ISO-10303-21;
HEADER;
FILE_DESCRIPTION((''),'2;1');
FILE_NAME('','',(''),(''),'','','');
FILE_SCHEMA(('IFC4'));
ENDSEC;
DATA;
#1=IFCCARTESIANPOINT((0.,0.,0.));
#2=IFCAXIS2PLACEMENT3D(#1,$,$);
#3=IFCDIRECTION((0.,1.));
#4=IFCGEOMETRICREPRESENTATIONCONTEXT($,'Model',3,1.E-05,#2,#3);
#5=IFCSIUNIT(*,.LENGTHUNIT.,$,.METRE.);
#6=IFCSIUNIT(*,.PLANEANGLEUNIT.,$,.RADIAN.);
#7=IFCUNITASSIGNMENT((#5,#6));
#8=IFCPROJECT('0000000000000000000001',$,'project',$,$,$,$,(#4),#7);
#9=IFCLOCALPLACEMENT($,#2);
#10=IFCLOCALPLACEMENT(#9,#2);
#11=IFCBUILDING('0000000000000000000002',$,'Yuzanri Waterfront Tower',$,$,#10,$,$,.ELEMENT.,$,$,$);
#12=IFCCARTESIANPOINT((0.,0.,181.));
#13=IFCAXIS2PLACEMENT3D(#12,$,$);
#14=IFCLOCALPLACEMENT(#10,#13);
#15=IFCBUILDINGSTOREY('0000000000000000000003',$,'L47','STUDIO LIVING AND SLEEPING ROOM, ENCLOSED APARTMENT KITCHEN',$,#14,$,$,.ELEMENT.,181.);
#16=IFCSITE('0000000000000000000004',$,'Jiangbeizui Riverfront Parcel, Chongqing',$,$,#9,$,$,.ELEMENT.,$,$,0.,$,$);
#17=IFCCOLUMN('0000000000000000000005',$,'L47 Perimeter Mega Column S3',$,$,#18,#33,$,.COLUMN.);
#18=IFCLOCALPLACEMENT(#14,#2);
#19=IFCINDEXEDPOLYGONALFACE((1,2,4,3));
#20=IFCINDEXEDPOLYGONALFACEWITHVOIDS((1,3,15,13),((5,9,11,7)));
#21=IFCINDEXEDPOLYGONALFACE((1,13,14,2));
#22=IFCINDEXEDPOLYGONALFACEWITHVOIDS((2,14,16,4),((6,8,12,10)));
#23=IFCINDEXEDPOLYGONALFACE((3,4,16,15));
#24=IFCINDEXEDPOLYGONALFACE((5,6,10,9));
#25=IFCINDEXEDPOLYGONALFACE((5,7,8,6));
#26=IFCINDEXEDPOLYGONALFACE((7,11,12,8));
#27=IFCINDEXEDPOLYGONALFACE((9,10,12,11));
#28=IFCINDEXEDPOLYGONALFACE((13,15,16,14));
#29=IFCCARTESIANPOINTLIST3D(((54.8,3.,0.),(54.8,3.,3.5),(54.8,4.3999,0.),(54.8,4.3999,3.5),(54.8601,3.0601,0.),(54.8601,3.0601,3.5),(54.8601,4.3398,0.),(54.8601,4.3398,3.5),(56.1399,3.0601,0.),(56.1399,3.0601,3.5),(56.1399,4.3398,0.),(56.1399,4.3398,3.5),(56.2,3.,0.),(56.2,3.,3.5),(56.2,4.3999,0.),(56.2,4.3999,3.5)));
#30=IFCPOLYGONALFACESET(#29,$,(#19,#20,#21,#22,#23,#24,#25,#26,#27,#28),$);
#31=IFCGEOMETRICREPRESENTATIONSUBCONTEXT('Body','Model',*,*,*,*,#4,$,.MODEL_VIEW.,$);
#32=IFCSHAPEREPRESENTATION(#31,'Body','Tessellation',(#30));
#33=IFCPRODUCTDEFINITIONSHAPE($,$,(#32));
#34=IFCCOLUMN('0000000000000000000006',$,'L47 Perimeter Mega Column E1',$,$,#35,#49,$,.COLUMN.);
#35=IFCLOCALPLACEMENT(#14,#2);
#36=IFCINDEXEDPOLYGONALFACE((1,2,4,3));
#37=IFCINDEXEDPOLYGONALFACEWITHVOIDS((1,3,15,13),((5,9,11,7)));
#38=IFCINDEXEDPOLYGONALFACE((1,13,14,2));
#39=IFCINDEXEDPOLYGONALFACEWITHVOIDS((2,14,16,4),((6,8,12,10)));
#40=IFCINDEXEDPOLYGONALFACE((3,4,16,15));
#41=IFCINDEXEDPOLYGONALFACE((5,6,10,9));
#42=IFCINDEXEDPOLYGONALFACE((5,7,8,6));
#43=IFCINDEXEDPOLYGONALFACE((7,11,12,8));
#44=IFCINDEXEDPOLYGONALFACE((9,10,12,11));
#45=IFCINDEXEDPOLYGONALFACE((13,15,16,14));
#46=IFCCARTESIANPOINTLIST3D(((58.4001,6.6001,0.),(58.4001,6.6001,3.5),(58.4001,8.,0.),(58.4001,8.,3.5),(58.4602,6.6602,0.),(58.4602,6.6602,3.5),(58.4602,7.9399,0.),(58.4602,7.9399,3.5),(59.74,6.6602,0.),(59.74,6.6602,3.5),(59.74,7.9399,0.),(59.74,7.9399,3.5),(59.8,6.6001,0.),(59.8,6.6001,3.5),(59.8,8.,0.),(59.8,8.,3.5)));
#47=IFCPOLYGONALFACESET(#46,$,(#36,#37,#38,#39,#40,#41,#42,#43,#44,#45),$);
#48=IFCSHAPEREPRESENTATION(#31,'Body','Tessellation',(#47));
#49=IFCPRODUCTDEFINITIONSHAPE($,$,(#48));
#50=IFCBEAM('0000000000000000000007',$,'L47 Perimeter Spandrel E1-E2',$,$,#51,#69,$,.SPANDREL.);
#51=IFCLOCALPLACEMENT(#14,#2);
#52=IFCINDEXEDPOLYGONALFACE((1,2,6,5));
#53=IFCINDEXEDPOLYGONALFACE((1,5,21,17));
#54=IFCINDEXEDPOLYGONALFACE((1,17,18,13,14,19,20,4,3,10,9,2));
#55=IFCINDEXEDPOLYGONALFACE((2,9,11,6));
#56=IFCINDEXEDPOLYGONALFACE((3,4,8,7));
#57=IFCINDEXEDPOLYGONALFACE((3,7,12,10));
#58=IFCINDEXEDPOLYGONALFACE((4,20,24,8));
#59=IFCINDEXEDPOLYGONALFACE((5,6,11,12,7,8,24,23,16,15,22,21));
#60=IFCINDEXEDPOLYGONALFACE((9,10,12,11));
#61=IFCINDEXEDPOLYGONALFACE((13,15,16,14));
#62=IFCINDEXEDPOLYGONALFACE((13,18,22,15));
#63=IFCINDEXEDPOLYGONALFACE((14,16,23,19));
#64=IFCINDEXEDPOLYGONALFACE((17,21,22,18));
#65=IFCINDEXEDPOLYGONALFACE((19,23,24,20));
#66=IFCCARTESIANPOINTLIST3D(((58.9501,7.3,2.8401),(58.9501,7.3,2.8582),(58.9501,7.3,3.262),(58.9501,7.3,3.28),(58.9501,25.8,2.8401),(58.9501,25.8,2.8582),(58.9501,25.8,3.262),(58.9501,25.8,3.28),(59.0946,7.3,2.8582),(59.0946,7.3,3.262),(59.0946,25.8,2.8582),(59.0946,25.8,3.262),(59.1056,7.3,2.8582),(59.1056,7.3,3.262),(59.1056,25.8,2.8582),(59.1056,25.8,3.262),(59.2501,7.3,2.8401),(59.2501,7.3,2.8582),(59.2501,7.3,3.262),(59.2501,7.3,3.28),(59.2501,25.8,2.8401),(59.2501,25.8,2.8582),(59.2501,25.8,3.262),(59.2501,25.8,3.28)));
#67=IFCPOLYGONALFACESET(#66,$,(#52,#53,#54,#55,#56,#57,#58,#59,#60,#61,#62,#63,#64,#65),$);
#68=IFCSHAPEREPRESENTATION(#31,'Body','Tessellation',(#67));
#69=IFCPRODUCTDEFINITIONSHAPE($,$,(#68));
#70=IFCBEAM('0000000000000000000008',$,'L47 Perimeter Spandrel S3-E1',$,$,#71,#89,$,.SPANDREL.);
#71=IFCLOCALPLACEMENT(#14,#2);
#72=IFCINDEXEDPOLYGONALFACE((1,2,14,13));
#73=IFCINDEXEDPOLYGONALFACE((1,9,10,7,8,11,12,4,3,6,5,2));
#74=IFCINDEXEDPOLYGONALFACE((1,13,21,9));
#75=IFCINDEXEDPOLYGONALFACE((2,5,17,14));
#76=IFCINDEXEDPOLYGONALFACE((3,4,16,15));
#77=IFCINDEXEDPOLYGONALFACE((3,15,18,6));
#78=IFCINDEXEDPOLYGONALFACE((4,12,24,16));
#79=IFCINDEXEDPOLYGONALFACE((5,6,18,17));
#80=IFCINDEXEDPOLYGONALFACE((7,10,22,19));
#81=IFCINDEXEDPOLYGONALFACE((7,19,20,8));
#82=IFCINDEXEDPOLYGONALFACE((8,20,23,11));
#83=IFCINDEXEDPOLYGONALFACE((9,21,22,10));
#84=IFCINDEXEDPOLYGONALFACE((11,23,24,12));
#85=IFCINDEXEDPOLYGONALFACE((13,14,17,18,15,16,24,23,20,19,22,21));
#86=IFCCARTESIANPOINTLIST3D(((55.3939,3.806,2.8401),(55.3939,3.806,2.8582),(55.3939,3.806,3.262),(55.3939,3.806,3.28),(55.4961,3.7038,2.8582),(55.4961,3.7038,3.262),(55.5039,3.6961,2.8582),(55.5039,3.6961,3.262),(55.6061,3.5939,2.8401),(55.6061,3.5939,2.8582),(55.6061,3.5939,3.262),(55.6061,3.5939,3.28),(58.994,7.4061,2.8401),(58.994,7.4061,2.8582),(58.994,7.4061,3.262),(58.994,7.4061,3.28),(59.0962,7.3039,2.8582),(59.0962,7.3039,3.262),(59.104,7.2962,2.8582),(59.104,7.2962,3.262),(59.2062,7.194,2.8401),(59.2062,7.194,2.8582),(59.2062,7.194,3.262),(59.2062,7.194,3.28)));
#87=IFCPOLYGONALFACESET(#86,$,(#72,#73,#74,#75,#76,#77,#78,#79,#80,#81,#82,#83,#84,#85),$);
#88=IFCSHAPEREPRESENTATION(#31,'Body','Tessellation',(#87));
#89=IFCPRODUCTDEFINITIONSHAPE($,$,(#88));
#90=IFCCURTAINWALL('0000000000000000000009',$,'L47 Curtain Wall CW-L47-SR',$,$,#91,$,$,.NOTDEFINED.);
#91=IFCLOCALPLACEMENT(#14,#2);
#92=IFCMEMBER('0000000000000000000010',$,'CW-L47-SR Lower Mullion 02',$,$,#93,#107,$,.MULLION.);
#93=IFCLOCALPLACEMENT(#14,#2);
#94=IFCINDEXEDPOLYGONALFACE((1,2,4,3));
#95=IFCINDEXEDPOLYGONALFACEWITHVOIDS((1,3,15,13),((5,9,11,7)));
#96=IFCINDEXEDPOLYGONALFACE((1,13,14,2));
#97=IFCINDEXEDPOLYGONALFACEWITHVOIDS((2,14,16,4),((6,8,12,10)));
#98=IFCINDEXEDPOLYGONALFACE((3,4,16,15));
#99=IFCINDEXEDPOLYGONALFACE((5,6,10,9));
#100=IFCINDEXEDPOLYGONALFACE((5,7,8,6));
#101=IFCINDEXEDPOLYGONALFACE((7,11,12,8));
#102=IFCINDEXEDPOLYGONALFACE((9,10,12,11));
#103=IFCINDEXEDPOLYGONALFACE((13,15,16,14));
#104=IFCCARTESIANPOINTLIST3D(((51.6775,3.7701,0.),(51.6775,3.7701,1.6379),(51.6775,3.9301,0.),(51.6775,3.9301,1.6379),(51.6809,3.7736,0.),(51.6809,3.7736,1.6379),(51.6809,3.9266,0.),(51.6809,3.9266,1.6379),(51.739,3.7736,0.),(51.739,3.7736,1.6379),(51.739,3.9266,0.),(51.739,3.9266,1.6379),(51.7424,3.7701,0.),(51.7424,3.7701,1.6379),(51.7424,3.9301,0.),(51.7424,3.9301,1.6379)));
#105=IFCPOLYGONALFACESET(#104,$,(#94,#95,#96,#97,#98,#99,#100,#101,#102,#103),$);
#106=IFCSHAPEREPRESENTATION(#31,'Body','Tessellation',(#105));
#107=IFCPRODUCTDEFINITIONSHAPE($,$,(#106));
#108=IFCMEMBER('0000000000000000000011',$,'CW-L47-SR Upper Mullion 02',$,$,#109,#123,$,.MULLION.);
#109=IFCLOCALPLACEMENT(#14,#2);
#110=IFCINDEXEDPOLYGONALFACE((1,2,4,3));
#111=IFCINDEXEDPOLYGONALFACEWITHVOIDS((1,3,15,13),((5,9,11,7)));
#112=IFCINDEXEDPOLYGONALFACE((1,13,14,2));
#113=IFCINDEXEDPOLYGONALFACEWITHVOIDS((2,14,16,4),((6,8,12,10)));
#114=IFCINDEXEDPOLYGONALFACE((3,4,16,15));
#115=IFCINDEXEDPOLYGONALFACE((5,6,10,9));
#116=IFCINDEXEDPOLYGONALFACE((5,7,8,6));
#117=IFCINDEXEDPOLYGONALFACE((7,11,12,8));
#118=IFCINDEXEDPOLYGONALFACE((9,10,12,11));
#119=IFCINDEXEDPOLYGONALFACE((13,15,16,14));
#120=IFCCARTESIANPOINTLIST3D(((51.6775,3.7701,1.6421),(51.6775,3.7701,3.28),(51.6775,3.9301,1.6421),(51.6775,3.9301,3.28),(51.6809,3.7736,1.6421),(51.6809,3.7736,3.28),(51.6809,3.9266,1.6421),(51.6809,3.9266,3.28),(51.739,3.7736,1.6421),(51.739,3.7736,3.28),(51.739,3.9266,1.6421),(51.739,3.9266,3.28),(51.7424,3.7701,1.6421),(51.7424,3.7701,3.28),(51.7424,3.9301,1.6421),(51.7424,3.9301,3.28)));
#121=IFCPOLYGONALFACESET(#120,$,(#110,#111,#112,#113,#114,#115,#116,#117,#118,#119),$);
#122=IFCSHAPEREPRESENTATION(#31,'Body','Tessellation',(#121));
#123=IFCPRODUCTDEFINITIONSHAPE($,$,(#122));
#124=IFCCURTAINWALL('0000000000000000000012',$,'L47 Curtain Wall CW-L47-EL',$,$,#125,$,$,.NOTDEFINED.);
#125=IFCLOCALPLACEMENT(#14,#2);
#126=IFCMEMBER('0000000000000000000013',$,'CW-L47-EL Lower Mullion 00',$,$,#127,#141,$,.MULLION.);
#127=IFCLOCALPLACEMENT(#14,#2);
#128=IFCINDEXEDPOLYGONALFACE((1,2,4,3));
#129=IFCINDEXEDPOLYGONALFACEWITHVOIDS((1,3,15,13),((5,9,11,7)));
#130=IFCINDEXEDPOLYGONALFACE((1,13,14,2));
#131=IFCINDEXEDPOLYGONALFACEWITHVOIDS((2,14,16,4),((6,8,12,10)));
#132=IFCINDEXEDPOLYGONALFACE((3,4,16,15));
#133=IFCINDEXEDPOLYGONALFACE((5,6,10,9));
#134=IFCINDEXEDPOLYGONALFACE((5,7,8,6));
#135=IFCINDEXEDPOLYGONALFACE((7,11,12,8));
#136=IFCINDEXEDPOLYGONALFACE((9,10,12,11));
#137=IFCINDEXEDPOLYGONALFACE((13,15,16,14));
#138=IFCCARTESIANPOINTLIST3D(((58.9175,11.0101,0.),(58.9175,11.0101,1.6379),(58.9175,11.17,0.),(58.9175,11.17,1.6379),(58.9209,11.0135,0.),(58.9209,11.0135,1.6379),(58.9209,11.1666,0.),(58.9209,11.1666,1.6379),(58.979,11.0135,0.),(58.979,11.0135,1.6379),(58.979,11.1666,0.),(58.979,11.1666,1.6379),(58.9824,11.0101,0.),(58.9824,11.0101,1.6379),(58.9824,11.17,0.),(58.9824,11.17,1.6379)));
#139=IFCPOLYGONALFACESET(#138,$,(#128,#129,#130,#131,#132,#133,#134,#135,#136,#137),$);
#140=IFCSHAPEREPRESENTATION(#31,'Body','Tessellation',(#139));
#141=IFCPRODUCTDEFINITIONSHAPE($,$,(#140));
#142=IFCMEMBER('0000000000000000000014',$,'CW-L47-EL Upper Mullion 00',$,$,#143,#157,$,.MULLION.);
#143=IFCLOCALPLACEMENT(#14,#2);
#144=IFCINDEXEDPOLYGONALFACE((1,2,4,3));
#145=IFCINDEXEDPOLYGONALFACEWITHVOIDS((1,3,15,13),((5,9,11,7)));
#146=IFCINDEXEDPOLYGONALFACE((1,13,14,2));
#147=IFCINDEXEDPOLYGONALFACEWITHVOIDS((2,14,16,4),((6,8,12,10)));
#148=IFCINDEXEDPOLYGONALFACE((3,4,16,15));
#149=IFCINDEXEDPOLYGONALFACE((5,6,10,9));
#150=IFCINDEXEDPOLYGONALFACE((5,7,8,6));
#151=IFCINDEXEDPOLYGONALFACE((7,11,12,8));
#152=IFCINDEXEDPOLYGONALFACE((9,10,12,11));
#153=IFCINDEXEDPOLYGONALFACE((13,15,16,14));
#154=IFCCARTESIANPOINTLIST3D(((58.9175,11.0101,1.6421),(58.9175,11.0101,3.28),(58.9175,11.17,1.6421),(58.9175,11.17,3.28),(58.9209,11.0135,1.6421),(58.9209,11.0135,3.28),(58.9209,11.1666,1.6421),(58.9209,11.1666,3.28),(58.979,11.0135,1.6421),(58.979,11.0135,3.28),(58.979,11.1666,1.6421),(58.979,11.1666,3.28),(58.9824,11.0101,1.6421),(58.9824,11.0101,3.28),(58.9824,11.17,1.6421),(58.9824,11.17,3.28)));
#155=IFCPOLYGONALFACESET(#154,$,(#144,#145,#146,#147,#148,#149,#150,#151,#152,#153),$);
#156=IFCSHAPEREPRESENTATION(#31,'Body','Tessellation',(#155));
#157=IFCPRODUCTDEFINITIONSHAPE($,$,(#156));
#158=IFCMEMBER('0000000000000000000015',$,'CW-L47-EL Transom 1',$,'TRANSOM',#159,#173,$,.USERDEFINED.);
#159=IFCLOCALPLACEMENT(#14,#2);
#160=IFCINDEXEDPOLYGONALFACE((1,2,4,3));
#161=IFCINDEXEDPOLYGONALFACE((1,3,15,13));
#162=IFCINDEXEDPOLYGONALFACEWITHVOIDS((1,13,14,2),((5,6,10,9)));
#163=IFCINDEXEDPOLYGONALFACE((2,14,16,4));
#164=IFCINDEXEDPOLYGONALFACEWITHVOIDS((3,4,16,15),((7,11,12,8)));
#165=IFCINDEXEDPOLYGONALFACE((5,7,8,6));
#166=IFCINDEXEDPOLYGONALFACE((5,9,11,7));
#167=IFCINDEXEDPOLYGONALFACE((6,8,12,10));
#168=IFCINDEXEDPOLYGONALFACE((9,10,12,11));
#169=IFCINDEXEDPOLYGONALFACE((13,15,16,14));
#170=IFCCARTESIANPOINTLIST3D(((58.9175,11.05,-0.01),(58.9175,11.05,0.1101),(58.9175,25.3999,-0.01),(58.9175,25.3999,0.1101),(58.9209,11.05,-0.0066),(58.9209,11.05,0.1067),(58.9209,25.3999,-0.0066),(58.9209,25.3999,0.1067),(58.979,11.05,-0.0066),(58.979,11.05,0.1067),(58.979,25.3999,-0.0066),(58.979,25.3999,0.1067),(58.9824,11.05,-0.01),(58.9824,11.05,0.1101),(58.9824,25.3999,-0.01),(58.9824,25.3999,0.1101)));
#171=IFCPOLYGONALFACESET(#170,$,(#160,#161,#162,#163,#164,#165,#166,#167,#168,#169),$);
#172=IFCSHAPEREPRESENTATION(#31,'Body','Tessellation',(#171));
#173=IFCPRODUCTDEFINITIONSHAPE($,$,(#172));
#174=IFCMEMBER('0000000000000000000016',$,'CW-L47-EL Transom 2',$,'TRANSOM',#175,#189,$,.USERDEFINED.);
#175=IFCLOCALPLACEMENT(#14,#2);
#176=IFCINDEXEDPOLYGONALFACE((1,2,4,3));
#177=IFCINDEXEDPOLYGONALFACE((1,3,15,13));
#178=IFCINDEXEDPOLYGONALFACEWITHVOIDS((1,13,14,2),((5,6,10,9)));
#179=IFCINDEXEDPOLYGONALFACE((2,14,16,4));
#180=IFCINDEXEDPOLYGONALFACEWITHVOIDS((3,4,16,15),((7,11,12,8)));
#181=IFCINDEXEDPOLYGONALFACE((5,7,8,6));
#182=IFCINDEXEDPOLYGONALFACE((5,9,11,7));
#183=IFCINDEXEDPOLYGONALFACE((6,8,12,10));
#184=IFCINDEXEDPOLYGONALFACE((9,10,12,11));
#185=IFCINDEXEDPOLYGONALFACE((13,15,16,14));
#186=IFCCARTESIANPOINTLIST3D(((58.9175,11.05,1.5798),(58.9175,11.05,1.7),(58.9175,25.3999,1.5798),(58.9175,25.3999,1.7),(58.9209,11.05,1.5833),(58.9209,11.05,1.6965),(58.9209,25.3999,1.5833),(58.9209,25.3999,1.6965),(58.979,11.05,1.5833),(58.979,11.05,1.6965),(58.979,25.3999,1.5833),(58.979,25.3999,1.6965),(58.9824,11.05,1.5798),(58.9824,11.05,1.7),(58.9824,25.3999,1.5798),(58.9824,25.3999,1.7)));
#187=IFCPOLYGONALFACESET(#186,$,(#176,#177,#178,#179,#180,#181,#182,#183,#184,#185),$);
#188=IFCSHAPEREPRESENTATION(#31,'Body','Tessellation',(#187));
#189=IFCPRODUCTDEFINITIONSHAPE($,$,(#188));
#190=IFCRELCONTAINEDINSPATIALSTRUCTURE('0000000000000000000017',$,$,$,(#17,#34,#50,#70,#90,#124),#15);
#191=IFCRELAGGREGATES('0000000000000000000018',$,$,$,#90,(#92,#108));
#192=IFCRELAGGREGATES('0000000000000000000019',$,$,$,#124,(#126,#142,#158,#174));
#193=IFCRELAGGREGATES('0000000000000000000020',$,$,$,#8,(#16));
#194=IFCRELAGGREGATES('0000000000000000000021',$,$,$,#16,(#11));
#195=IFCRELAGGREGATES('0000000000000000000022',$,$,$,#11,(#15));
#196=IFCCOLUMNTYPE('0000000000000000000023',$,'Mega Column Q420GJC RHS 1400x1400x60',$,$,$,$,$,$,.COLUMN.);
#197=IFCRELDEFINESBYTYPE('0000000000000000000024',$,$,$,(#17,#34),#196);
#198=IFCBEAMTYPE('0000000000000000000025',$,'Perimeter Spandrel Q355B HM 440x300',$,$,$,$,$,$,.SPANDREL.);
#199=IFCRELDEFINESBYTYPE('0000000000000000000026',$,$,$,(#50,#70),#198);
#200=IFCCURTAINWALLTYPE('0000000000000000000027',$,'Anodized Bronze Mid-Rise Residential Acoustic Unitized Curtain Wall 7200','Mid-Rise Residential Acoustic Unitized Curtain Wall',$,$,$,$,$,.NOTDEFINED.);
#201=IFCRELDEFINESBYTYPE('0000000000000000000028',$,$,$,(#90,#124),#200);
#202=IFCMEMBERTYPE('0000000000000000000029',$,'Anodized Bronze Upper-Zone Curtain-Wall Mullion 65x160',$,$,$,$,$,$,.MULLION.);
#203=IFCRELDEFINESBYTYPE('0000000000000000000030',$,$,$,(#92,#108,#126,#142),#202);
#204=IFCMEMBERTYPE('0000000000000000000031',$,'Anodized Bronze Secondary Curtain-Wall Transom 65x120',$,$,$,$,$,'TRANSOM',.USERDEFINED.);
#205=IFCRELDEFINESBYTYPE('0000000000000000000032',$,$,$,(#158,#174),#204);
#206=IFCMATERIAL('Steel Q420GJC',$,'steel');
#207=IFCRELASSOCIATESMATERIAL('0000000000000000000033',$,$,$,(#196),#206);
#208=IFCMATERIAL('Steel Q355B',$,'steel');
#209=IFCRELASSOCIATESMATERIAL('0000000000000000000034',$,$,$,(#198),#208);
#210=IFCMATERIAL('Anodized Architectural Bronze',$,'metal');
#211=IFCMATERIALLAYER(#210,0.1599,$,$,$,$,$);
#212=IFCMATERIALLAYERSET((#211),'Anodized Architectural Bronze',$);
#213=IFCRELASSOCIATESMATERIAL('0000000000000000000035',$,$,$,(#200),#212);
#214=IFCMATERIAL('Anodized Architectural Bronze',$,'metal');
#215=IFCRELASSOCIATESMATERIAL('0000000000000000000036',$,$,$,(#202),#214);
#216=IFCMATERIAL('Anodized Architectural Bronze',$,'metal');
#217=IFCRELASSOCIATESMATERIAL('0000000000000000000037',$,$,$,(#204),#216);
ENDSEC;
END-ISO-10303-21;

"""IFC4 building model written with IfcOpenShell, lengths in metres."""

from ifc_helpers import new_model, si_unit, direction, frame, origin, origin_2d, place, context, subcontext, project, spatial, hollow_rectangle, i_section, extrude, source, transform, mapped, material, layer, layer_set, material_profile, profile_set, type_object, element, aggregate, save


model = new_model("IFC4")

# Units and contexts
model_context = context("Model", 3, precision=1e-05, world=origin(), true_north=direction((0.0, 1.0)))
body_context = subcontext(model_context, "Body", "Model", "MODEL_VIEW")
ifc_project = project(units=[si_unit("LENGTHUNIT", "METRE"), si_unit("PLANEANGLEUNIT", "RADIAN")], contexts=[model_context])

# Site, building, storey
site_placement = place(None, origin())
site = spatial("IfcSite", under=ifc_project, at=site_placement, Name="Jiangbeizui Riverfront Parcel, Chongqing", CompositionType="ELEMENT", RefElevation=0.0)
building_placement = place(site_placement, origin())
building = spatial("IfcBuilding", under=site, at=building_placement, Name="Yuzanri Waterfront Tower", CompositionType="ELEMENT")
storey_placement = place(building_placement, frame((0.0, 0.0, 181.0)))
storey = spatial("IfcBuildingStorey", under=building, at=storey_placement, Name="L47", Description="STUDIO LIVING AND SLEEPING ROOM, ENCLOSED APARTMENT KITCHEN", CompositionType="ELEMENT", Elevation=181.0)

# Columns
ifc_material_1 = material(Name="Steel Q420GJC", Category="steel")
ifc_material_profile_1 = material_profile(ifc_material_1, hollow_rectangle(XDim=1.3999, YDim=1.3999, WallThickness=0.0601, at=origin_2d()), Name="RHS 1400x1400x60")
ifc_profile_set_1 = profile_set([ifc_material_profile_1], Name="Steel Q420GJC")
column_type = type_object("IfcColumnType", Name="Mega Column Q420GJC RHS 1400x1400x60", PredefinedType="COLUMN", material=ifc_profile_set_1)
shared_shape_1 = source(origin(), body_context, "Body", "SweptSolid", [
    extrude(hollow_rectangle(XDim=1.3999, YDim=1.3999, WallThickness=0.0601, at=origin_2d()), origin(), (0.0, 0.0, 1.0), 3.5),
])
for number, where, z_axis, x_axis, name in (
    (1, (55.5, 3.7, 0.0), (0.0, 0.0, 1.0), (1.0, 0.0, 0.0), "L47 Perimeter Mega Column S3"),
    (2, (59.1001, 7.3, 0.0), (0.0, 0.0, 1.0), (1.0, 0.0, 0.0), "L47 Perimeter Mega Column E1"),
):
    element("IfcColumn", number, at=place(storey_placement, frame(where, z_axis=z_axis, x_axis=x_axis)), inside=storey, type_object=column_type, Name=name, PredefinedType="COLUMN", context=body_context, shape_type="MappedRepresentation", body=[
        mapped(shared_shape_1, transform((0.0, 0.0, 0.0), scale=1.0)),
    ])

# Beams
ifc_material_2 = material(Name="Steel Q355B", Category="steel")
ifc_material_profile_2 = material_profile(ifc_material_2, i_section(OverallWidth=0.3, OverallDepth=0.4399, WebThickness=0.011, FlangeThickness=0.0181, at=origin_2d()), Name="HM 440x300x11x18")
ifc_profile_set_2 = profile_set([ifc_material_profile_2], Name="Steel Q355B")
beam_type = type_object("IfcBeamType", Name="Perimeter Spandrel Q355B HM 440x300", PredefinedType="SPANDREL", material=ifc_profile_set_2)
shared_shape_2 = source(origin(), body_context, "Body", "SweptSolid", [
    extrude(i_section(OverallWidth=0.3, OverallDepth=0.4399, WebThickness=0.011, FlangeThickness=0.0181, at=origin_2d()), origin(), (0.0, 0.0, 1.0), 18.5),
])
beam_1_placement = place(storey_placement, frame((59.1001, 7.3, 3.0601), z_axis=(0.0, 1.0, 0.0), x_axis=(-1.0, 0.0, 0.0)))
element("IfcBeam", 3, at=beam_1_placement, inside=storey, type_object=beam_type, Name="L47 Perimeter Spandrel E1-E2", PredefinedType="SPANDREL", context=body_context, shape_type="MappedRepresentation", body=[
    mapped(shared_shape_2, transform((0.0, 0.0, 0.0), scale=1.0)),
])
shared_shape_3 = source(origin(), body_context, "Body", "SweptSolid", [
    extrude(i_section(OverallWidth=0.3, OverallDepth=0.4399, WebThickness=0.011, FlangeThickness=0.0181, at=origin_2d()), origin(), (0.0, 0.0, 1.0), 5.0913),
])
beam_2_placement = place(storey_placement, frame((55.5, 3.7, 3.0601), z_axis=(0.707107, 0.707107, 0.0), x_axis=(-0.707107, 0.707107, 0.0)))
element("IfcBeam", 4, at=beam_2_placement, inside=storey, type_object=beam_type, Name="L47 Perimeter Spandrel S3-E1", PredefinedType="SPANDREL", context=body_context, shape_type="MappedRepresentation", body=[
    mapped(shared_shape_3, transform((0.0, 0.0, 0.0), scale=1.0)),
])

# Curtain walls, members
ifc_material_3 = material(Name="Anodized Architectural Bronze", Category="metal")
ifc_layer_1 = layer(ifc_material_3, 0.1599)
ifc_layer_set_1 = layer_set([ifc_layer_1], Name="Anodized Architectural Bronze")
curtain_wall_type = type_object("IfcCurtainWallType", Name="Anodized Bronze Mid-Rise Residential Acoustic Unitized Curtain Wall 7200", Description="Mid-Rise Residential Acoustic Unitized Curtain Wall", PredefinedType="NOTDEFINED", material=ifc_layer_set_1)
curtain_wall_1_placement = place(storey_placement, origin())
curtain_wall_1 = element("IfcCurtainWall", 5, at=curtain_wall_1_placement, inside=storey, type_object=curtain_wall_type, Name="L47 Curtain Wall CW-L47-SR", PredefinedType="NOTDEFINED")
ifc_material_4 = material(Name="Anodized Architectural Bronze", Category="metal")
ifc_material_profile_3 = material_profile(ifc_material_4, hollow_rectangle(XDim=0.0649, YDim=0.1599, WallThickness=0.0034, at=origin_2d()), Name="CWM 65x160")
ifc_profile_set_3 = profile_set([ifc_material_profile_3], Name="Anodized Architectural Bronze")
member_type_1 = type_object("IfcMemberType", Name="Anodized Bronze Upper-Zone Curtain-Wall Mullion 65x160", PredefinedType="MULLION", material=ifc_profile_set_3)
shared_shape_4 = source(origin(), body_context, "Body", "SweptSolid", [
    extrude(hollow_rectangle(XDim=0.0649, YDim=0.1599, WallThickness=0.0034, at=origin_2d()), origin(), (0.0, 0.0, 1.0), 1.6379),
])
member_1_placement = place(storey_placement, frame((51.71, 3.8501, 0.0), z_axis=(0.0, 0.0, 1.0), x_axis=(1.0, 0.0, 0.0)))
member_1 = element("IfcMember", 6, at=member_1_placement, type_object=member_type_1, Name="CW-L47-SR Lower Mullion 02", PredefinedType="MULLION", context=body_context, shape_type="MappedRepresentation", body=[
    mapped(shared_shape_4, transform((0.0, 0.0, 0.0), scale=1.0)),
])
member_2_placement = place(storey_placement, frame((51.71, 3.8501, 1.6421), z_axis=(0.0, 0.0, 1.0), x_axis=(1.0, 0.0, 0.0)))
member_2 = element("IfcMember", 7, at=member_2_placement, type_object=member_type_1, Name="CW-L47-SR Upper Mullion 02", PredefinedType="MULLION", context=body_context, shape_type="MappedRepresentation", body=[
    mapped(shared_shape_4, transform((0.0, 0.0, 0.0), scale=1.0)),
])
aggregate(curtain_wall_1, [member_1, member_2])
curtain_wall_2_placement = place(storey_placement, origin())
curtain_wall_2 = element("IfcCurtainWall", 8, at=curtain_wall_2_placement, inside=storey, type_object=curtain_wall_type, Name="L47 Curtain Wall CW-L47-EL", PredefinedType="NOTDEFINED")
member_3_placement = place(storey_placement, frame((58.95, 11.0901, 0.0), z_axis=(0.0, 0.0, 1.0), x_axis=(1.0, 0.0, 0.0)))
member_3 = element("IfcMember", 9, at=member_3_placement, type_object=member_type_1, Name="CW-L47-EL Lower Mullion 00", PredefinedType="MULLION", context=body_context, shape_type="MappedRepresentation", body=[
    mapped(shared_shape_4, transform((0.0, 0.0, 0.0), scale=1.0)),
])
member_4_placement = place(storey_placement, frame((58.95, 11.0901, 1.6421), z_axis=(0.0, 0.0, 1.0), x_axis=(1.0, 0.0, 0.0)))
member_4 = element("IfcMember", 10, at=member_4_placement, type_object=member_type_1, Name="CW-L47-EL Upper Mullion 00", PredefinedType="MULLION", context=body_context, shape_type="MappedRepresentation", body=[
    mapped(shared_shape_4, transform((0.0, 0.0, 0.0), scale=1.0)),
])
ifc_material_5 = material(Name="Anodized Architectural Bronze", Category="metal")
ifc_material_profile_4 = material_profile(ifc_material_5, hollow_rectangle(XDim=0.0649, YDim=0.1201, WallThickness=0.0034, at=origin_2d()), Name="CWT 65x120")
ifc_profile_set_4 = profile_set([ifc_material_profile_4], Name="Anodized Architectural Bronze")
member_type_2 = type_object("IfcMemberType", Name="Anodized Bronze Secondary Curtain-Wall Transom 65x120", ElementType="TRANSOM", PredefinedType="USERDEFINED", material=ifc_profile_set_4)
shared_shape_5 = source(origin(), body_context, "Body", "SweptSolid", [
    extrude(hollow_rectangle(XDim=0.0649, YDim=0.1201, WallThickness=0.0034, at=origin_2d()), origin(), (0.0, 0.0, 1.0), 14.3499),
])
member_5_placement = place(storey_placement, frame((58.95, 11.05, 0.05), z_axis=(0.0, 1.0, 0.0), x_axis=(-1.0, 0.0, 0.0)))
member_5 = element("IfcMember", 11, at=member_5_placement, type_object=member_type_2, Name="CW-L47-EL Transom 1", ObjectType="TRANSOM", PredefinedType="USERDEFINED", context=body_context, shape_type="MappedRepresentation", body=[
    mapped(shared_shape_5, transform((0.0, 0.0, 0.0), scale=1.0)),
])
member_6_placement = place(storey_placement, frame((58.95, 11.05, 1.6399), z_axis=(0.0, 1.0, 0.0), x_axis=(-1.0, 0.0, 0.0)))
member_6 = element("IfcMember", 12, at=member_6_placement, type_object=member_type_2, Name="CW-L47-EL Transom 2", ObjectType="TRANSOM", PredefinedType="USERDEFINED", context=body_context, shape_type="MappedRepresentation", body=[
    mapped(shared_shape_5, transform((0.0, 0.0, 0.0), scale=1.0)),
])
aggregate(curtain_wall_2, [member_3, member_4, member_5, member_6])

save(model, "model.ifc")
